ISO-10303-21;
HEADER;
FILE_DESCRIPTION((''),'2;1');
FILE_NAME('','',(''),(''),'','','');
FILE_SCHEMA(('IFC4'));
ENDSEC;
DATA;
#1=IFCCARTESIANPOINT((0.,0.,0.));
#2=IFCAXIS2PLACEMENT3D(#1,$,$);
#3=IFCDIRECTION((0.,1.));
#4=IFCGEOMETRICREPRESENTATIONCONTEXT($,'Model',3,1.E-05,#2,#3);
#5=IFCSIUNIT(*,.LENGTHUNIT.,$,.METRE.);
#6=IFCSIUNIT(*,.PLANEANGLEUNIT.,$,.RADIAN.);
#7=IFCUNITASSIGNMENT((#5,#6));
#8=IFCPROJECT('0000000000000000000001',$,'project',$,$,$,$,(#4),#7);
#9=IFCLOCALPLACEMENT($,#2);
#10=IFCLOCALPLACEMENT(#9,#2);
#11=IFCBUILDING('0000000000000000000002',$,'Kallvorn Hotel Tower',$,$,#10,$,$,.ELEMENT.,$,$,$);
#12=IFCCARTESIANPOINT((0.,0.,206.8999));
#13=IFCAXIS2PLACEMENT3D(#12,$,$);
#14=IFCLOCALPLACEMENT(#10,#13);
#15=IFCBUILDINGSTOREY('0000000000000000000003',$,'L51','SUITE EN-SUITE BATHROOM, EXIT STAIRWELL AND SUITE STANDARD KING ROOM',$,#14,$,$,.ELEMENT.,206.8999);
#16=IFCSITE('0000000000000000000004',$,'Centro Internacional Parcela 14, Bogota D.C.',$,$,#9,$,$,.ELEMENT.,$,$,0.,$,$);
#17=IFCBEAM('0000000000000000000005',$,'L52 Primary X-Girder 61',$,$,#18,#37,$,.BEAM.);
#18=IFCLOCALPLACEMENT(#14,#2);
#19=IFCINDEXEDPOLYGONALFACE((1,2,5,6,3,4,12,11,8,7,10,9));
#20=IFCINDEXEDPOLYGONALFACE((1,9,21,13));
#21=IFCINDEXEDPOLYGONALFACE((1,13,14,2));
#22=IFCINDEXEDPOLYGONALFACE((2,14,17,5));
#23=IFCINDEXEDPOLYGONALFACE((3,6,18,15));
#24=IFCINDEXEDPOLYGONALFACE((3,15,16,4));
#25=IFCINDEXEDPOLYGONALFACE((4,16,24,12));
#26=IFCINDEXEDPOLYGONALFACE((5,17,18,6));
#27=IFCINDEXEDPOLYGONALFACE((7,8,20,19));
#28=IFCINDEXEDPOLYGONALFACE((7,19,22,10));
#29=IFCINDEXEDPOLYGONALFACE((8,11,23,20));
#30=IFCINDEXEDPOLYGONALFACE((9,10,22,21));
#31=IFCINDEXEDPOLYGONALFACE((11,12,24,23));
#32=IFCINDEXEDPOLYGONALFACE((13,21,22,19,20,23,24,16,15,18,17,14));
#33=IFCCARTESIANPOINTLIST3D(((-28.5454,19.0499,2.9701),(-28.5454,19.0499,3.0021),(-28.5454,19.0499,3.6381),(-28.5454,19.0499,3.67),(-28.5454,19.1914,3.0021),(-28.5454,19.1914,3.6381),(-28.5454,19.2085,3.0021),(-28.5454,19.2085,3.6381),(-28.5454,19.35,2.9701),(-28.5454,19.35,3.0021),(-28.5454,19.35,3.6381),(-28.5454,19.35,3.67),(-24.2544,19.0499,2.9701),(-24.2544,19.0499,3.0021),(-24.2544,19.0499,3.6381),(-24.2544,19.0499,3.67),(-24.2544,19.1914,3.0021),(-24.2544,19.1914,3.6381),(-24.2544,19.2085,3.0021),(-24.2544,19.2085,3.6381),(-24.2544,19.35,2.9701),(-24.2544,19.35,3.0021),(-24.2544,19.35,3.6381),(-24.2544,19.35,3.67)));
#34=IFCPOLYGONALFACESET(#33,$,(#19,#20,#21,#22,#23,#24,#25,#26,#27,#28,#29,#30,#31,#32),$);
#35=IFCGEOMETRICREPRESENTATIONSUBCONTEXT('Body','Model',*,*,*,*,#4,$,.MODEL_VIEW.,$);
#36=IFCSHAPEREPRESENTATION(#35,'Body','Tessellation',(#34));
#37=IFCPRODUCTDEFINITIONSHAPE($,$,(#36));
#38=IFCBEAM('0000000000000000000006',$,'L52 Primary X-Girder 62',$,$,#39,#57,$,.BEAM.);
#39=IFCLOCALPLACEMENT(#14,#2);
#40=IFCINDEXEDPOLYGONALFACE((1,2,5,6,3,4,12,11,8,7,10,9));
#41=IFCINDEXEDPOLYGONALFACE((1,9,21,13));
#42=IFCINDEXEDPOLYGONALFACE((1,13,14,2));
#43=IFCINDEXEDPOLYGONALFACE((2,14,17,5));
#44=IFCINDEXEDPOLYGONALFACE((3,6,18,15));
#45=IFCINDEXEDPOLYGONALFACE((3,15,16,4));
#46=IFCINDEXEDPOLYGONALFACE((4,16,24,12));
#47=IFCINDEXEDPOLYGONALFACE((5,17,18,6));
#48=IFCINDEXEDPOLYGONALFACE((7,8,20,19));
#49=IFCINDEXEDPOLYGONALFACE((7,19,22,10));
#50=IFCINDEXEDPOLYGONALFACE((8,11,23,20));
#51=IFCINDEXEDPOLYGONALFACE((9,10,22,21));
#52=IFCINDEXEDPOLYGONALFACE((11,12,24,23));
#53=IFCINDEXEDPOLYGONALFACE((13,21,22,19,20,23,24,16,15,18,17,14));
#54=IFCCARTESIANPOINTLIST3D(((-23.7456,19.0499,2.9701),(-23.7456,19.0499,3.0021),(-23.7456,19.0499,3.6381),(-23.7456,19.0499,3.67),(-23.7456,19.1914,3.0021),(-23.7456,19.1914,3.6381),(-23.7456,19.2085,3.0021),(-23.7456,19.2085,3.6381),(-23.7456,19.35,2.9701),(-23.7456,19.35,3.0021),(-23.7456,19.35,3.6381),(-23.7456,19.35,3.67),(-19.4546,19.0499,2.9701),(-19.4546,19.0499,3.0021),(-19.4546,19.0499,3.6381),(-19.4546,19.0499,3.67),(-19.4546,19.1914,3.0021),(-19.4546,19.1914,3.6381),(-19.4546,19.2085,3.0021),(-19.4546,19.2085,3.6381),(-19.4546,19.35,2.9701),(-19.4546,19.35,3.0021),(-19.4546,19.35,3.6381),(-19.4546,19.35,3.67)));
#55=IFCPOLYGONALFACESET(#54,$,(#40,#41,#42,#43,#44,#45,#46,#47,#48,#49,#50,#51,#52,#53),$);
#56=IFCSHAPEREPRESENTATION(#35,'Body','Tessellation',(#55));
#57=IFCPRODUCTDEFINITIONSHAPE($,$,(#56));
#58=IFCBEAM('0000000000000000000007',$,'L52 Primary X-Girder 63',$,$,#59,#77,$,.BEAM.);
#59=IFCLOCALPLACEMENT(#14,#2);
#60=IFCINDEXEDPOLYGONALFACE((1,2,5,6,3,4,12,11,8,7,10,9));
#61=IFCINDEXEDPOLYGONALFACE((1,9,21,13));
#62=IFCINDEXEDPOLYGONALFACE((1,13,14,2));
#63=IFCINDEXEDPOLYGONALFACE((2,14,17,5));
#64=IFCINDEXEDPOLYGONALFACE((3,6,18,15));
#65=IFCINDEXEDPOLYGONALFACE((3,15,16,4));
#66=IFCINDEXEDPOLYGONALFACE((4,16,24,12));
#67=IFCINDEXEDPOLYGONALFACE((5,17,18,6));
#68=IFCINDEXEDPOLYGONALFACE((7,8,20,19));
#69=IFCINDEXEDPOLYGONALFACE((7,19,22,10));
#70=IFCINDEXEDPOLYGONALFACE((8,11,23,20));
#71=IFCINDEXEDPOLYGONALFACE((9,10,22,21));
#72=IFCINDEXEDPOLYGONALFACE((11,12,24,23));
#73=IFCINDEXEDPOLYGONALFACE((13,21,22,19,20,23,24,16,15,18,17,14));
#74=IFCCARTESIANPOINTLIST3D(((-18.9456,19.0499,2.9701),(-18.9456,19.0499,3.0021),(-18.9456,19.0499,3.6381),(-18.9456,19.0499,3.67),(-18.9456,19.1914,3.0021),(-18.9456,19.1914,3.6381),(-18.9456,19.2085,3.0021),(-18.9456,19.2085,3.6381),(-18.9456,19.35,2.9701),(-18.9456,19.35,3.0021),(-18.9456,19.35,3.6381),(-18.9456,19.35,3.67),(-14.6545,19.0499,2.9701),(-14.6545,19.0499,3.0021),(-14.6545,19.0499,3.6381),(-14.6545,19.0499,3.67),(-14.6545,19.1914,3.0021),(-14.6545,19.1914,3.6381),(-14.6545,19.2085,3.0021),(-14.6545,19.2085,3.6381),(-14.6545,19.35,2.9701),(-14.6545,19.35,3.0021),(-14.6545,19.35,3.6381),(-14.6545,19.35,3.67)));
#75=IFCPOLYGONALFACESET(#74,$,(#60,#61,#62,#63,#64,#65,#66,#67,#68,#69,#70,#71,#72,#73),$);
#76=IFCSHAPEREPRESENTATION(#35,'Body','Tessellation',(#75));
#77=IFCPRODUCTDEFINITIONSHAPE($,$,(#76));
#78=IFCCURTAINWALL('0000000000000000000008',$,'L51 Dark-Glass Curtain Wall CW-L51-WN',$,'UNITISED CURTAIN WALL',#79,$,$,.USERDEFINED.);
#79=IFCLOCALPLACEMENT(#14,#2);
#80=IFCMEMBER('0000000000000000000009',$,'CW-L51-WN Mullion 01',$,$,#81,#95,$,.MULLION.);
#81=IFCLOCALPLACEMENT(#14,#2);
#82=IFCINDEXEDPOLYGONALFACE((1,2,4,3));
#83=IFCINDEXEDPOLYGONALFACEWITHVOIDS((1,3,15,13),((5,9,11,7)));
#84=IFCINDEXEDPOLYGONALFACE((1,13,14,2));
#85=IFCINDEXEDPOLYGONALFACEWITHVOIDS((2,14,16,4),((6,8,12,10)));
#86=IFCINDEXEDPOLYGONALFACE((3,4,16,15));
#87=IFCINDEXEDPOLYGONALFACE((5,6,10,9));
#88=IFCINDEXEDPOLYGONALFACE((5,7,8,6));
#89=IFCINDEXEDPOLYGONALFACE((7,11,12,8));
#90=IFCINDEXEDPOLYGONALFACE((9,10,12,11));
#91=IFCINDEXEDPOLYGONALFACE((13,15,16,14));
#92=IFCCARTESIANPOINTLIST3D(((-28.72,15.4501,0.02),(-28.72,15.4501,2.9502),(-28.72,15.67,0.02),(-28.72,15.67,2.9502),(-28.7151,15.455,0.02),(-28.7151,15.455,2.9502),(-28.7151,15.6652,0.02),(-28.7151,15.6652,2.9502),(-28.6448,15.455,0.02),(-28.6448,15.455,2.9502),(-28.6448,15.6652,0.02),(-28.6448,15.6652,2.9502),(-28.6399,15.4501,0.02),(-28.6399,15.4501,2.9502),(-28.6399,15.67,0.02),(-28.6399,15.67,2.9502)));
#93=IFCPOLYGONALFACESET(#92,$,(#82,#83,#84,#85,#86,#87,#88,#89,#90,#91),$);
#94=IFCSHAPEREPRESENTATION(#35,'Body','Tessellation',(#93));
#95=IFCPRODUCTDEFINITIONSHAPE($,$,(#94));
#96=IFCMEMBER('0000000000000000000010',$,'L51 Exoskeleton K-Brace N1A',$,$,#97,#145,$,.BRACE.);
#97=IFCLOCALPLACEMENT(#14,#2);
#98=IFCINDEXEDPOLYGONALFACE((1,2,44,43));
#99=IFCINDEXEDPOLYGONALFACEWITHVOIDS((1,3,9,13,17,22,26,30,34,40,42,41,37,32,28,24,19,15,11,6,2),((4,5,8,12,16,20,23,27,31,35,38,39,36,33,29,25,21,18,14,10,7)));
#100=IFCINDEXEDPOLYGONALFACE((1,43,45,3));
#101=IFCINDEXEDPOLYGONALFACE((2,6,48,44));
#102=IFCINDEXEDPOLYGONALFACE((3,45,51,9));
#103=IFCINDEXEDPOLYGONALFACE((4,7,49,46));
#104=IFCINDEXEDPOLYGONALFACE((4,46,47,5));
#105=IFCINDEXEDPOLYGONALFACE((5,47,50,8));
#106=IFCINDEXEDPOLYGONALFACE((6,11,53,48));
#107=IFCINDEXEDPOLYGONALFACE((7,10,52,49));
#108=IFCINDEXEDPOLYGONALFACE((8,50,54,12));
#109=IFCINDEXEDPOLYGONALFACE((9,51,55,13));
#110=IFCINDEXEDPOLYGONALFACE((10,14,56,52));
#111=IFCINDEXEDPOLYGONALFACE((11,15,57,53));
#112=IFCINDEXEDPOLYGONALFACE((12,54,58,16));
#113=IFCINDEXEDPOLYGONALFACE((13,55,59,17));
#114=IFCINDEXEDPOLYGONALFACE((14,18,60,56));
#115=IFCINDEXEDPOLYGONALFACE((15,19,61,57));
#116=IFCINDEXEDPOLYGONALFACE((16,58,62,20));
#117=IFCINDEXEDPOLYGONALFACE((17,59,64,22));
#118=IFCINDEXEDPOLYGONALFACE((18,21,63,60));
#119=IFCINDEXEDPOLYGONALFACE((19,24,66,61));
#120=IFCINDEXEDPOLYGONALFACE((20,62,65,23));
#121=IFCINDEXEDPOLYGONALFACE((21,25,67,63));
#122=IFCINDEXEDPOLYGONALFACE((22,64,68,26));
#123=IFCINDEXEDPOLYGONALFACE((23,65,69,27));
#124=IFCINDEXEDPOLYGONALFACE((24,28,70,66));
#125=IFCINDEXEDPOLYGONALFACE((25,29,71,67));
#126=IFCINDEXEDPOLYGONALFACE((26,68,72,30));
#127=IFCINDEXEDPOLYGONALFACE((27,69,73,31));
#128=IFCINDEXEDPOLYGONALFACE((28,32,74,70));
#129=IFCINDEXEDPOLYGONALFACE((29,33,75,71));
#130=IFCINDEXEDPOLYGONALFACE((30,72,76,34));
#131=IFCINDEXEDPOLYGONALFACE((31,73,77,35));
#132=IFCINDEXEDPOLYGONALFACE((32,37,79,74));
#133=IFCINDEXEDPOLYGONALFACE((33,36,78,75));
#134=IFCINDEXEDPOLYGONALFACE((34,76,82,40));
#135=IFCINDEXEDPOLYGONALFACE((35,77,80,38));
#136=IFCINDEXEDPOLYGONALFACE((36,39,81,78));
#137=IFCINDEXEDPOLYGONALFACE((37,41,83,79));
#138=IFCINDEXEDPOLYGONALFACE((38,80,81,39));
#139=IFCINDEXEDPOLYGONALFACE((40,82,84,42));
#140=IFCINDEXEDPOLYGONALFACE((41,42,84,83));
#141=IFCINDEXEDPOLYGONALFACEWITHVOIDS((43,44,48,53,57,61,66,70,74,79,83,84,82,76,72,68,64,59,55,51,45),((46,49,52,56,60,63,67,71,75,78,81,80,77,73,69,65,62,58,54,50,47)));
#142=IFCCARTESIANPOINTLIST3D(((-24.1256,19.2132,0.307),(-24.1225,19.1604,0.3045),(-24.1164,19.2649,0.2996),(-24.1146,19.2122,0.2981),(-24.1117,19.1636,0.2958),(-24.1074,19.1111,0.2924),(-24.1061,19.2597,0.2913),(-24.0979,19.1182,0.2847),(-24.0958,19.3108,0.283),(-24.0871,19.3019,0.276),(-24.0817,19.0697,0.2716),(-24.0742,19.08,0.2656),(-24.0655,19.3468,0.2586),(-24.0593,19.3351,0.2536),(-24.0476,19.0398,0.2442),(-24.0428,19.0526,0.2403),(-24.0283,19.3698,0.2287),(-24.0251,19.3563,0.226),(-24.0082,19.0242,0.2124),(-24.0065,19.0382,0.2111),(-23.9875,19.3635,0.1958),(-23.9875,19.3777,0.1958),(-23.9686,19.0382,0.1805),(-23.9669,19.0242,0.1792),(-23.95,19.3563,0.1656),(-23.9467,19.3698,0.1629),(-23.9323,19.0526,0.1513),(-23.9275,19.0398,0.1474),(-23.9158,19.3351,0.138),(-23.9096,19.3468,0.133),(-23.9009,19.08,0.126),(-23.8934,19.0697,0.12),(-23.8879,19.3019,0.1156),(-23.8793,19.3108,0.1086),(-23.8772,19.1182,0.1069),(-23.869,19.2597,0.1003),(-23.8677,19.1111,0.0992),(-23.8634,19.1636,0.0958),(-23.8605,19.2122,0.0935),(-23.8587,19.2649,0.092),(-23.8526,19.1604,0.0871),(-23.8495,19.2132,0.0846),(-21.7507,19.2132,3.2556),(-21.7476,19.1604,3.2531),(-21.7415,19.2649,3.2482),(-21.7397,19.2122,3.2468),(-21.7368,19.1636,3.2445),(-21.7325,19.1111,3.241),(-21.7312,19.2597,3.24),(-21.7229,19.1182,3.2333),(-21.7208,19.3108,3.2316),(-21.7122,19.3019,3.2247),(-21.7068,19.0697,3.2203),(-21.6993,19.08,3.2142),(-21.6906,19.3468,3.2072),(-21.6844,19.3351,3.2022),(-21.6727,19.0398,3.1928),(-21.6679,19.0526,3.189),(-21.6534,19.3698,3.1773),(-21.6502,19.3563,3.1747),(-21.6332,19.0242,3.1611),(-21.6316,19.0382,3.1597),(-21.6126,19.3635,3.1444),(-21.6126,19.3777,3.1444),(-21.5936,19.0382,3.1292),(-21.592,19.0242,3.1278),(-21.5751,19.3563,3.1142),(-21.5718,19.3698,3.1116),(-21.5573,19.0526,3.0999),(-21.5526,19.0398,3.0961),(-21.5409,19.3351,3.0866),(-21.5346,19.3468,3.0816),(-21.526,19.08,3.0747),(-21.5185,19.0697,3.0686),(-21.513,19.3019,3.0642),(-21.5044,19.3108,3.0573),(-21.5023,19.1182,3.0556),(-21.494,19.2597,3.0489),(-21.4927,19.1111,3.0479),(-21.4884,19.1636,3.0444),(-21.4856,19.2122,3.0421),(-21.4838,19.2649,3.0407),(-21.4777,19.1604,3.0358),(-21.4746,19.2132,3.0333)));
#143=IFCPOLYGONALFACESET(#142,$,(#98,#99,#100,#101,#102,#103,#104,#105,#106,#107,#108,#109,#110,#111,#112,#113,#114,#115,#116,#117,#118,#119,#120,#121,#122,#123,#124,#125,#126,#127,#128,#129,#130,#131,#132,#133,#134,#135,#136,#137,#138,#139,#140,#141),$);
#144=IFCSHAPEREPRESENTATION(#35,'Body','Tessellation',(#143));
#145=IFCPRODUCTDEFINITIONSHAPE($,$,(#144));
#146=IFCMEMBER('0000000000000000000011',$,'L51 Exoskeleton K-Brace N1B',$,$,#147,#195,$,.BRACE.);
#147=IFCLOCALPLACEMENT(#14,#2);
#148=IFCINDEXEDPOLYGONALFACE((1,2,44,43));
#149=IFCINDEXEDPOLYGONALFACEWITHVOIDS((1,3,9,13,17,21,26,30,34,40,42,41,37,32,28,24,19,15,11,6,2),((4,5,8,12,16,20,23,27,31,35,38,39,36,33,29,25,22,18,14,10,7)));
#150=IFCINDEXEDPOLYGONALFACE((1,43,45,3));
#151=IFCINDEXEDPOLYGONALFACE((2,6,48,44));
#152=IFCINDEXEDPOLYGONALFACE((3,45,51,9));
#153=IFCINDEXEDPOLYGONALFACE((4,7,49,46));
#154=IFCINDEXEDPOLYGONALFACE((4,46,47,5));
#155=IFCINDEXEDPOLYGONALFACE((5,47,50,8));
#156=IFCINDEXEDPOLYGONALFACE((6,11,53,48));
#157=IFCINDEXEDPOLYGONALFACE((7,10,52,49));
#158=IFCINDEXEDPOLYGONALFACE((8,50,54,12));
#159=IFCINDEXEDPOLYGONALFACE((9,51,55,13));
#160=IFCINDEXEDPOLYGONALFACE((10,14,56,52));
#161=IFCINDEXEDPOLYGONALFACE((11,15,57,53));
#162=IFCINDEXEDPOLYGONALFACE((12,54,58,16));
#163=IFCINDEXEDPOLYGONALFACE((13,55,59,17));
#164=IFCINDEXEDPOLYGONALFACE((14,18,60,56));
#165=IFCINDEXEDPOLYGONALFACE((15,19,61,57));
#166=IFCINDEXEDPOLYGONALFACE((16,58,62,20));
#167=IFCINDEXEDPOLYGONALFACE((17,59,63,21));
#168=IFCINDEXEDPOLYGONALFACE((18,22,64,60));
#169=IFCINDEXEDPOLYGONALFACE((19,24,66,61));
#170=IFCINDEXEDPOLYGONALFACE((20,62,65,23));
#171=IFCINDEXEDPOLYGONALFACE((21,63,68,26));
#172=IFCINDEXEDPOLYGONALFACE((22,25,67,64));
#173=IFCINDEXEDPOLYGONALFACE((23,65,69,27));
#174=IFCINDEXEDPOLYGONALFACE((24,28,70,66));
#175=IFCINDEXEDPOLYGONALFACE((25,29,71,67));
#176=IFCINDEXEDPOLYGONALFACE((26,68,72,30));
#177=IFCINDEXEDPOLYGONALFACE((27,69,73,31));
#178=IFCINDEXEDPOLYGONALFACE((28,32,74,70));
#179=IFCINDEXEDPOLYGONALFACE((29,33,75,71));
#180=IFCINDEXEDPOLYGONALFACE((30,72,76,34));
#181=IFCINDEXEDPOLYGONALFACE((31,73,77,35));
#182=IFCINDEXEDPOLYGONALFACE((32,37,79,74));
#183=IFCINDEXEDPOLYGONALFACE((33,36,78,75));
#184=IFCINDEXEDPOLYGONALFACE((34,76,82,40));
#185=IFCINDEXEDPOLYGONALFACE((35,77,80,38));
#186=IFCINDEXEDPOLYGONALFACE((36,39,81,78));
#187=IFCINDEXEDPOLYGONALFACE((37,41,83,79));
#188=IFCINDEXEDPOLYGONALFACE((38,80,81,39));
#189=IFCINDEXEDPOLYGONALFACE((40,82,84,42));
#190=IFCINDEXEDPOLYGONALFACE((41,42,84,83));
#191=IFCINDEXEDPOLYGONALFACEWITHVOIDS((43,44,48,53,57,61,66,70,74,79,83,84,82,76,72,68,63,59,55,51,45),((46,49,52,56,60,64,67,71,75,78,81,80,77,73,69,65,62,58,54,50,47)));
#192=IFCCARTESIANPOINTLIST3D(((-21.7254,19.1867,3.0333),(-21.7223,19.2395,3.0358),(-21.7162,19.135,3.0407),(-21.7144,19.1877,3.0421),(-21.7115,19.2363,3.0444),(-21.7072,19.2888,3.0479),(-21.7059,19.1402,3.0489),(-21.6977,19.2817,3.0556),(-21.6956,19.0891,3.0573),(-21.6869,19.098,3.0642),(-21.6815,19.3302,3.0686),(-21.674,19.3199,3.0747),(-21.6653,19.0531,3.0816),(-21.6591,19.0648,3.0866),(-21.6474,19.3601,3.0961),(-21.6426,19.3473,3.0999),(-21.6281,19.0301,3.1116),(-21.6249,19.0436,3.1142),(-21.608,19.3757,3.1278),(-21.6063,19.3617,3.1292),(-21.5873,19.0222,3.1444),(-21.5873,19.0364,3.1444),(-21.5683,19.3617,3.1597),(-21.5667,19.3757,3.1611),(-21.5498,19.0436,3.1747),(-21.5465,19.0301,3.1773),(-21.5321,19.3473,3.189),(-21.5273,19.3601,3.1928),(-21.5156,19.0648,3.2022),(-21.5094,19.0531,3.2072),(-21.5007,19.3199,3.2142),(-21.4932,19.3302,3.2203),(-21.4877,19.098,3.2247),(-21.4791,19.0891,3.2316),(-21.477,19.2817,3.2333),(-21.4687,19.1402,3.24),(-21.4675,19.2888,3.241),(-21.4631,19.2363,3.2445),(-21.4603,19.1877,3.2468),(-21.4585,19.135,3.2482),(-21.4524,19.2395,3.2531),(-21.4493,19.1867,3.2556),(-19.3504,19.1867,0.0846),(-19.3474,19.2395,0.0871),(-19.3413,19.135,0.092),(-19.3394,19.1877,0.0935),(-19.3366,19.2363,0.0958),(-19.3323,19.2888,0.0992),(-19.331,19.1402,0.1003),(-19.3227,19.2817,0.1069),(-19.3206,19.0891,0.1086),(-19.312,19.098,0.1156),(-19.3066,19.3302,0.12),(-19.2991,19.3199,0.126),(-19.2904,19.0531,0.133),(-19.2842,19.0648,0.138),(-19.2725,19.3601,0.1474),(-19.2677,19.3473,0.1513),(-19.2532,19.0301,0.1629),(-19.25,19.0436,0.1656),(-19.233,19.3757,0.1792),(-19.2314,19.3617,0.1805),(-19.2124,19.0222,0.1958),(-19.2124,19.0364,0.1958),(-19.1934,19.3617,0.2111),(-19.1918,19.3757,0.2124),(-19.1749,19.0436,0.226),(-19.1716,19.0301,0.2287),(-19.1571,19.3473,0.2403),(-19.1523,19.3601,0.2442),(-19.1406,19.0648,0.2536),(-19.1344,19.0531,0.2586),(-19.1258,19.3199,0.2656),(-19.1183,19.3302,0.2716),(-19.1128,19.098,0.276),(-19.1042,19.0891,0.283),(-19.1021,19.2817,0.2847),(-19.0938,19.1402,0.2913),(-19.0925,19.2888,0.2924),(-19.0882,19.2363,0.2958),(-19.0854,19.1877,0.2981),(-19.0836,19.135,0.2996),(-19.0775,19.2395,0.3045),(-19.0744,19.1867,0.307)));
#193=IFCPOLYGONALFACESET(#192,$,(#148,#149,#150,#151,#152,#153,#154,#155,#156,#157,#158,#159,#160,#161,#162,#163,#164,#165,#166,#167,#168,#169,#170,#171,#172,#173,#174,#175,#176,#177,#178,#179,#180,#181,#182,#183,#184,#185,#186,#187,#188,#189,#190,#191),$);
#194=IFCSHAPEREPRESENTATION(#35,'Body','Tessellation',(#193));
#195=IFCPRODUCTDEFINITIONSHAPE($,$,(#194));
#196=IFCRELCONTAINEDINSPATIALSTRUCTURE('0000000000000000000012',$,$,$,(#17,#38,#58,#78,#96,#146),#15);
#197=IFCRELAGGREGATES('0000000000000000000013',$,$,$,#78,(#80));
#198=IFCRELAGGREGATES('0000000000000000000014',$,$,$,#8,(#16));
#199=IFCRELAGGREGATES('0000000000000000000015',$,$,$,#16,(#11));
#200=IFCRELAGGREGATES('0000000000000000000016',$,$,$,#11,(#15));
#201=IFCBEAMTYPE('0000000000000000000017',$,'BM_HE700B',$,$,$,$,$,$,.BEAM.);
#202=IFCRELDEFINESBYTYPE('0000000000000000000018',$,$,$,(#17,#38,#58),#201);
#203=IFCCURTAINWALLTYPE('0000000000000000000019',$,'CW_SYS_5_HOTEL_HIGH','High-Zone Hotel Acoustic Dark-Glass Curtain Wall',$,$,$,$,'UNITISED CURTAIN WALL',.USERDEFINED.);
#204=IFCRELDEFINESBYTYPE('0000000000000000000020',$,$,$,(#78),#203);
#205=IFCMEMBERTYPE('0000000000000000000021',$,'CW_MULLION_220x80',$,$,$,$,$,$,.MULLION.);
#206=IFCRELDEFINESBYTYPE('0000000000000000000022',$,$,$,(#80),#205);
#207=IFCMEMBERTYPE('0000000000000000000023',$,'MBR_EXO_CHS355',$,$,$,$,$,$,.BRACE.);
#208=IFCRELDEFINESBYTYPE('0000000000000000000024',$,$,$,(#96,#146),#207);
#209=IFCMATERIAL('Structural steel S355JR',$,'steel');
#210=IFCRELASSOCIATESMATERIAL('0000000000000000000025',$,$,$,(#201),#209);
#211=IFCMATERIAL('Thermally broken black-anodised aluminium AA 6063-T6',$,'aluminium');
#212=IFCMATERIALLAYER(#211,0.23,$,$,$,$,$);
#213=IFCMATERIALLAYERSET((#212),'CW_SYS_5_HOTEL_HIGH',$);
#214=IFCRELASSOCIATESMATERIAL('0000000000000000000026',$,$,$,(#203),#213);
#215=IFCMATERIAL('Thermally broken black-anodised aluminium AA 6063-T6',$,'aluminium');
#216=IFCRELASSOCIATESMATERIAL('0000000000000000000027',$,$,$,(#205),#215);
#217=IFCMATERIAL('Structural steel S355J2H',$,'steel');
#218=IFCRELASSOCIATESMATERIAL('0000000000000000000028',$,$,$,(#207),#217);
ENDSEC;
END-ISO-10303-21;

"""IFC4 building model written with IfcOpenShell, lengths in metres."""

from ifc_helpers import new_model, si_unit, direction, frame, origin, origin_2d, place, context, subcontext, project, spatial, hollow_rectangle, hollow_circle, i_section, extrude, material, layer, layer_set, material_profile, profile_set, type_object, element, aggregate, save


model = new_model("IFC4")

# Units and contexts
model_context = context("Model", 3, precision=1e-05, world=origin(), true_north=direction((0.0, 1.0)))
body_context = subcontext(model_context, "Body", "Model", "MODEL_VIEW")
ifc_project = project(units=[si_unit("LENGTHUNIT", "METRE"), si_unit("PLANEANGLEUNIT", "RADIAN")], contexts=[model_context])

# Site, building, storey
site_placement = place(None, origin())
site = spatial("IfcSite", under=ifc_project, at=site_placement, Name="Centro Internacional Parcela 14, Bogota D.C.", CompositionType="ELEMENT", RefElevation=0.0)
building_placement = place(site_placement, origin())
building = spatial("IfcBuilding", under=site, at=building_placement, Name="Kallvorn Hotel Tower", CompositionType="ELEMENT")
storey_placement = place(building_placement, frame((0.0, 0.0, 206.8999)))
storey = spatial("IfcBuildingStorey", under=building, at=storey_placement, Name="L51", Description="SUITE EN-SUITE BATHROOM, EXIT STAIRWELL AND SUITE STANDARD KING ROOM", CompositionType="ELEMENT", Elevation=206.8999)

# Beams
ifc_material_1 = material(Name="Structural steel S355JR", Category="steel")
ifc_material_profile_1 = material_profile(ifc_material_1, i_section(OverallWidth=0.3, OverallDepth=0.7, WebThickness=0.0171, FlangeThickness=0.032, at=origin_2d()), Name="HE 700 B")
ifc_profile_set_1 = profile_set([ifc_material_profile_1], Name="Structural steel S355JR")
beam_type_1 = type_object("IfcBeamType", Name="BM_HE700B", PredefinedType="BEAM", material=ifc_profile_set_1)
for number, where, z_axis, x_axis, name in (
    (1, (-28.5454, 19.2, 3.3201), (1.0, 0.0, 0.0), (0.0, 1.0, 0.0), "L52 Primary X-Girder 61"),
    (2, (-23.7456, 19.2, 3.3201), (1.0, 0.0, 0.0), (0.0, 1.0, 0.0), "L52 Primary X-Girder 62"),
    (3, (-18.9456, 19.2, 3.3201), (1.0, 0.0, 0.0), (0.0, 1.0, 0.0), "L52 Primary X-Girder 63"),
):
    element("IfcBeam", number, at=place(storey_placement, frame(where, z_axis=z_axis, x_axis=x_axis)), inside=storey, type_object=beam_type_1, Name=name, PredefinedType="BEAM", context=body_context, shape_type="SweptSolid", body=[
        extrude(i_section(OverallWidth=0.3, OverallDepth=0.7, WebThickness=0.0171, FlangeThickness=0.032, at=origin_2d()), origin(), (0.0, 0.0, 1.0), 4.291),
    ])

# Curtain wall, member
ifc_material_2 = material(Name="Thermally broken black-anodised aluminium AA 6063-T6", Category="aluminium")
ifc_layer_1 = layer(ifc_material_2, 0.23)
ifc_layer_set_1 = layer_set([ifc_layer_1], Name="CW_SYS_5_HOTEL_HIGH")
curtain_wall_type = type_object("IfcCurtainWallType", Name="CW_SYS_5_HOTEL_HIGH", Description="High-Zone Hotel Acoustic Dark-Glass Curtain Wall", ElementType="UNITISED CURTAIN WALL", PredefinedType="USERDEFINED", material=ifc_layer_set_1)
curtain_wall_placement = place(storey_placement, origin())
curtain_wall = element("IfcCurtainWall", 4, at=curtain_wall_placement, inside=storey, type_object=curtain_wall_type, Name="L51 Dark-Glass Curtain Wall CW-L51-WN", ObjectType="UNITISED CURTAIN WALL", PredefinedType="USERDEFINED")
ifc_material_3 = material(Name="Thermally broken black-anodised aluminium AA 6063-T6", Category="aluminium")
ifc_material_profile_2 = material_profile(ifc_material_3, hollow_rectangle(XDim=0.0801, YDim=0.22, WallThickness=0.0049, at=origin_2d()), Name="MUL 220x80")
ifc_profile_set_2 = profile_set([ifc_material_profile_2], Name="Thermally broken black-anodised aluminium AA 6063-T6")
member_type_1 = type_object("IfcMemberType", Name="CW_MULLION_220x80", PredefinedType="MULLION", material=ifc_profile_set_2)
member_placement = place(storey_placement, frame((-28.6799, 15.5601, 0.02), z_axis=(0.0, 0.0, 1.0), x_axis=(1.0, 0.0, 0.0)))
member = element("IfcMember", 5, at=member_placement, type_object=member_type_1, Name="CW-L51-WN Mullion 01", PredefinedType="MULLION", context=body_context, shape_type="SweptSolid", body=[
    extrude(hollow_rectangle(XDim=0.0801, YDim=0.22, WallThickness=0.0049, at=origin_2d()), origin(), (0.0, 0.0, 1.0), 2.9302),
])
aggregate(curtain_wall, [member])

# Members
ifc_material_4 = material(Name="Structural steel S355J2H", Category="steel")
ifc_material_profile_3 = material_profile(ifc_material_4, hollow_circle(Radius=0.1777, WallThickness=0.0142, at=origin_2d()), Name="CHS 355.6x14.2")
ifc_profile_set_3 = profile_set([ifc_material_profile_3], Name="Structural steel S355J2H")
member_type_2 = type_object("IfcMemberType", Name="MBR_EXO_CHS355", PredefinedType="BRACE", material=ifc_profile_set_3)
for number, where, z_axis, x_axis, name in (
    (6, (-23.9875, 19.2, 0.1958), (0.627271, 0.0, 0.778801), (0.0, 1.0, 0.0), "L51 Exoskeleton K-Brace N1A"),
    (7, (-19.2124, 19.2, 0.1958), (-0.627271, 0.0, 0.778801), (0.0, -1.0, 0.0), "L51 Exoskeleton K-Brace N1B"),
):
    element("IfcMember", number, at=place(storey_placement, frame(where, z_axis=z_axis, x_axis=x_axis)), inside=storey, type_object=member_type_2, Name=name, PredefinedType="BRACE", context=body_context, shape_type="SweptSolid", body=[
        extrude(hollow_circle(Radius=0.1777, WallThickness=0.0142, at=origin_2d()), origin(), (0.0, 0.0, 1.0), 3.7861),
    ])

save(model, "model.ifc")
